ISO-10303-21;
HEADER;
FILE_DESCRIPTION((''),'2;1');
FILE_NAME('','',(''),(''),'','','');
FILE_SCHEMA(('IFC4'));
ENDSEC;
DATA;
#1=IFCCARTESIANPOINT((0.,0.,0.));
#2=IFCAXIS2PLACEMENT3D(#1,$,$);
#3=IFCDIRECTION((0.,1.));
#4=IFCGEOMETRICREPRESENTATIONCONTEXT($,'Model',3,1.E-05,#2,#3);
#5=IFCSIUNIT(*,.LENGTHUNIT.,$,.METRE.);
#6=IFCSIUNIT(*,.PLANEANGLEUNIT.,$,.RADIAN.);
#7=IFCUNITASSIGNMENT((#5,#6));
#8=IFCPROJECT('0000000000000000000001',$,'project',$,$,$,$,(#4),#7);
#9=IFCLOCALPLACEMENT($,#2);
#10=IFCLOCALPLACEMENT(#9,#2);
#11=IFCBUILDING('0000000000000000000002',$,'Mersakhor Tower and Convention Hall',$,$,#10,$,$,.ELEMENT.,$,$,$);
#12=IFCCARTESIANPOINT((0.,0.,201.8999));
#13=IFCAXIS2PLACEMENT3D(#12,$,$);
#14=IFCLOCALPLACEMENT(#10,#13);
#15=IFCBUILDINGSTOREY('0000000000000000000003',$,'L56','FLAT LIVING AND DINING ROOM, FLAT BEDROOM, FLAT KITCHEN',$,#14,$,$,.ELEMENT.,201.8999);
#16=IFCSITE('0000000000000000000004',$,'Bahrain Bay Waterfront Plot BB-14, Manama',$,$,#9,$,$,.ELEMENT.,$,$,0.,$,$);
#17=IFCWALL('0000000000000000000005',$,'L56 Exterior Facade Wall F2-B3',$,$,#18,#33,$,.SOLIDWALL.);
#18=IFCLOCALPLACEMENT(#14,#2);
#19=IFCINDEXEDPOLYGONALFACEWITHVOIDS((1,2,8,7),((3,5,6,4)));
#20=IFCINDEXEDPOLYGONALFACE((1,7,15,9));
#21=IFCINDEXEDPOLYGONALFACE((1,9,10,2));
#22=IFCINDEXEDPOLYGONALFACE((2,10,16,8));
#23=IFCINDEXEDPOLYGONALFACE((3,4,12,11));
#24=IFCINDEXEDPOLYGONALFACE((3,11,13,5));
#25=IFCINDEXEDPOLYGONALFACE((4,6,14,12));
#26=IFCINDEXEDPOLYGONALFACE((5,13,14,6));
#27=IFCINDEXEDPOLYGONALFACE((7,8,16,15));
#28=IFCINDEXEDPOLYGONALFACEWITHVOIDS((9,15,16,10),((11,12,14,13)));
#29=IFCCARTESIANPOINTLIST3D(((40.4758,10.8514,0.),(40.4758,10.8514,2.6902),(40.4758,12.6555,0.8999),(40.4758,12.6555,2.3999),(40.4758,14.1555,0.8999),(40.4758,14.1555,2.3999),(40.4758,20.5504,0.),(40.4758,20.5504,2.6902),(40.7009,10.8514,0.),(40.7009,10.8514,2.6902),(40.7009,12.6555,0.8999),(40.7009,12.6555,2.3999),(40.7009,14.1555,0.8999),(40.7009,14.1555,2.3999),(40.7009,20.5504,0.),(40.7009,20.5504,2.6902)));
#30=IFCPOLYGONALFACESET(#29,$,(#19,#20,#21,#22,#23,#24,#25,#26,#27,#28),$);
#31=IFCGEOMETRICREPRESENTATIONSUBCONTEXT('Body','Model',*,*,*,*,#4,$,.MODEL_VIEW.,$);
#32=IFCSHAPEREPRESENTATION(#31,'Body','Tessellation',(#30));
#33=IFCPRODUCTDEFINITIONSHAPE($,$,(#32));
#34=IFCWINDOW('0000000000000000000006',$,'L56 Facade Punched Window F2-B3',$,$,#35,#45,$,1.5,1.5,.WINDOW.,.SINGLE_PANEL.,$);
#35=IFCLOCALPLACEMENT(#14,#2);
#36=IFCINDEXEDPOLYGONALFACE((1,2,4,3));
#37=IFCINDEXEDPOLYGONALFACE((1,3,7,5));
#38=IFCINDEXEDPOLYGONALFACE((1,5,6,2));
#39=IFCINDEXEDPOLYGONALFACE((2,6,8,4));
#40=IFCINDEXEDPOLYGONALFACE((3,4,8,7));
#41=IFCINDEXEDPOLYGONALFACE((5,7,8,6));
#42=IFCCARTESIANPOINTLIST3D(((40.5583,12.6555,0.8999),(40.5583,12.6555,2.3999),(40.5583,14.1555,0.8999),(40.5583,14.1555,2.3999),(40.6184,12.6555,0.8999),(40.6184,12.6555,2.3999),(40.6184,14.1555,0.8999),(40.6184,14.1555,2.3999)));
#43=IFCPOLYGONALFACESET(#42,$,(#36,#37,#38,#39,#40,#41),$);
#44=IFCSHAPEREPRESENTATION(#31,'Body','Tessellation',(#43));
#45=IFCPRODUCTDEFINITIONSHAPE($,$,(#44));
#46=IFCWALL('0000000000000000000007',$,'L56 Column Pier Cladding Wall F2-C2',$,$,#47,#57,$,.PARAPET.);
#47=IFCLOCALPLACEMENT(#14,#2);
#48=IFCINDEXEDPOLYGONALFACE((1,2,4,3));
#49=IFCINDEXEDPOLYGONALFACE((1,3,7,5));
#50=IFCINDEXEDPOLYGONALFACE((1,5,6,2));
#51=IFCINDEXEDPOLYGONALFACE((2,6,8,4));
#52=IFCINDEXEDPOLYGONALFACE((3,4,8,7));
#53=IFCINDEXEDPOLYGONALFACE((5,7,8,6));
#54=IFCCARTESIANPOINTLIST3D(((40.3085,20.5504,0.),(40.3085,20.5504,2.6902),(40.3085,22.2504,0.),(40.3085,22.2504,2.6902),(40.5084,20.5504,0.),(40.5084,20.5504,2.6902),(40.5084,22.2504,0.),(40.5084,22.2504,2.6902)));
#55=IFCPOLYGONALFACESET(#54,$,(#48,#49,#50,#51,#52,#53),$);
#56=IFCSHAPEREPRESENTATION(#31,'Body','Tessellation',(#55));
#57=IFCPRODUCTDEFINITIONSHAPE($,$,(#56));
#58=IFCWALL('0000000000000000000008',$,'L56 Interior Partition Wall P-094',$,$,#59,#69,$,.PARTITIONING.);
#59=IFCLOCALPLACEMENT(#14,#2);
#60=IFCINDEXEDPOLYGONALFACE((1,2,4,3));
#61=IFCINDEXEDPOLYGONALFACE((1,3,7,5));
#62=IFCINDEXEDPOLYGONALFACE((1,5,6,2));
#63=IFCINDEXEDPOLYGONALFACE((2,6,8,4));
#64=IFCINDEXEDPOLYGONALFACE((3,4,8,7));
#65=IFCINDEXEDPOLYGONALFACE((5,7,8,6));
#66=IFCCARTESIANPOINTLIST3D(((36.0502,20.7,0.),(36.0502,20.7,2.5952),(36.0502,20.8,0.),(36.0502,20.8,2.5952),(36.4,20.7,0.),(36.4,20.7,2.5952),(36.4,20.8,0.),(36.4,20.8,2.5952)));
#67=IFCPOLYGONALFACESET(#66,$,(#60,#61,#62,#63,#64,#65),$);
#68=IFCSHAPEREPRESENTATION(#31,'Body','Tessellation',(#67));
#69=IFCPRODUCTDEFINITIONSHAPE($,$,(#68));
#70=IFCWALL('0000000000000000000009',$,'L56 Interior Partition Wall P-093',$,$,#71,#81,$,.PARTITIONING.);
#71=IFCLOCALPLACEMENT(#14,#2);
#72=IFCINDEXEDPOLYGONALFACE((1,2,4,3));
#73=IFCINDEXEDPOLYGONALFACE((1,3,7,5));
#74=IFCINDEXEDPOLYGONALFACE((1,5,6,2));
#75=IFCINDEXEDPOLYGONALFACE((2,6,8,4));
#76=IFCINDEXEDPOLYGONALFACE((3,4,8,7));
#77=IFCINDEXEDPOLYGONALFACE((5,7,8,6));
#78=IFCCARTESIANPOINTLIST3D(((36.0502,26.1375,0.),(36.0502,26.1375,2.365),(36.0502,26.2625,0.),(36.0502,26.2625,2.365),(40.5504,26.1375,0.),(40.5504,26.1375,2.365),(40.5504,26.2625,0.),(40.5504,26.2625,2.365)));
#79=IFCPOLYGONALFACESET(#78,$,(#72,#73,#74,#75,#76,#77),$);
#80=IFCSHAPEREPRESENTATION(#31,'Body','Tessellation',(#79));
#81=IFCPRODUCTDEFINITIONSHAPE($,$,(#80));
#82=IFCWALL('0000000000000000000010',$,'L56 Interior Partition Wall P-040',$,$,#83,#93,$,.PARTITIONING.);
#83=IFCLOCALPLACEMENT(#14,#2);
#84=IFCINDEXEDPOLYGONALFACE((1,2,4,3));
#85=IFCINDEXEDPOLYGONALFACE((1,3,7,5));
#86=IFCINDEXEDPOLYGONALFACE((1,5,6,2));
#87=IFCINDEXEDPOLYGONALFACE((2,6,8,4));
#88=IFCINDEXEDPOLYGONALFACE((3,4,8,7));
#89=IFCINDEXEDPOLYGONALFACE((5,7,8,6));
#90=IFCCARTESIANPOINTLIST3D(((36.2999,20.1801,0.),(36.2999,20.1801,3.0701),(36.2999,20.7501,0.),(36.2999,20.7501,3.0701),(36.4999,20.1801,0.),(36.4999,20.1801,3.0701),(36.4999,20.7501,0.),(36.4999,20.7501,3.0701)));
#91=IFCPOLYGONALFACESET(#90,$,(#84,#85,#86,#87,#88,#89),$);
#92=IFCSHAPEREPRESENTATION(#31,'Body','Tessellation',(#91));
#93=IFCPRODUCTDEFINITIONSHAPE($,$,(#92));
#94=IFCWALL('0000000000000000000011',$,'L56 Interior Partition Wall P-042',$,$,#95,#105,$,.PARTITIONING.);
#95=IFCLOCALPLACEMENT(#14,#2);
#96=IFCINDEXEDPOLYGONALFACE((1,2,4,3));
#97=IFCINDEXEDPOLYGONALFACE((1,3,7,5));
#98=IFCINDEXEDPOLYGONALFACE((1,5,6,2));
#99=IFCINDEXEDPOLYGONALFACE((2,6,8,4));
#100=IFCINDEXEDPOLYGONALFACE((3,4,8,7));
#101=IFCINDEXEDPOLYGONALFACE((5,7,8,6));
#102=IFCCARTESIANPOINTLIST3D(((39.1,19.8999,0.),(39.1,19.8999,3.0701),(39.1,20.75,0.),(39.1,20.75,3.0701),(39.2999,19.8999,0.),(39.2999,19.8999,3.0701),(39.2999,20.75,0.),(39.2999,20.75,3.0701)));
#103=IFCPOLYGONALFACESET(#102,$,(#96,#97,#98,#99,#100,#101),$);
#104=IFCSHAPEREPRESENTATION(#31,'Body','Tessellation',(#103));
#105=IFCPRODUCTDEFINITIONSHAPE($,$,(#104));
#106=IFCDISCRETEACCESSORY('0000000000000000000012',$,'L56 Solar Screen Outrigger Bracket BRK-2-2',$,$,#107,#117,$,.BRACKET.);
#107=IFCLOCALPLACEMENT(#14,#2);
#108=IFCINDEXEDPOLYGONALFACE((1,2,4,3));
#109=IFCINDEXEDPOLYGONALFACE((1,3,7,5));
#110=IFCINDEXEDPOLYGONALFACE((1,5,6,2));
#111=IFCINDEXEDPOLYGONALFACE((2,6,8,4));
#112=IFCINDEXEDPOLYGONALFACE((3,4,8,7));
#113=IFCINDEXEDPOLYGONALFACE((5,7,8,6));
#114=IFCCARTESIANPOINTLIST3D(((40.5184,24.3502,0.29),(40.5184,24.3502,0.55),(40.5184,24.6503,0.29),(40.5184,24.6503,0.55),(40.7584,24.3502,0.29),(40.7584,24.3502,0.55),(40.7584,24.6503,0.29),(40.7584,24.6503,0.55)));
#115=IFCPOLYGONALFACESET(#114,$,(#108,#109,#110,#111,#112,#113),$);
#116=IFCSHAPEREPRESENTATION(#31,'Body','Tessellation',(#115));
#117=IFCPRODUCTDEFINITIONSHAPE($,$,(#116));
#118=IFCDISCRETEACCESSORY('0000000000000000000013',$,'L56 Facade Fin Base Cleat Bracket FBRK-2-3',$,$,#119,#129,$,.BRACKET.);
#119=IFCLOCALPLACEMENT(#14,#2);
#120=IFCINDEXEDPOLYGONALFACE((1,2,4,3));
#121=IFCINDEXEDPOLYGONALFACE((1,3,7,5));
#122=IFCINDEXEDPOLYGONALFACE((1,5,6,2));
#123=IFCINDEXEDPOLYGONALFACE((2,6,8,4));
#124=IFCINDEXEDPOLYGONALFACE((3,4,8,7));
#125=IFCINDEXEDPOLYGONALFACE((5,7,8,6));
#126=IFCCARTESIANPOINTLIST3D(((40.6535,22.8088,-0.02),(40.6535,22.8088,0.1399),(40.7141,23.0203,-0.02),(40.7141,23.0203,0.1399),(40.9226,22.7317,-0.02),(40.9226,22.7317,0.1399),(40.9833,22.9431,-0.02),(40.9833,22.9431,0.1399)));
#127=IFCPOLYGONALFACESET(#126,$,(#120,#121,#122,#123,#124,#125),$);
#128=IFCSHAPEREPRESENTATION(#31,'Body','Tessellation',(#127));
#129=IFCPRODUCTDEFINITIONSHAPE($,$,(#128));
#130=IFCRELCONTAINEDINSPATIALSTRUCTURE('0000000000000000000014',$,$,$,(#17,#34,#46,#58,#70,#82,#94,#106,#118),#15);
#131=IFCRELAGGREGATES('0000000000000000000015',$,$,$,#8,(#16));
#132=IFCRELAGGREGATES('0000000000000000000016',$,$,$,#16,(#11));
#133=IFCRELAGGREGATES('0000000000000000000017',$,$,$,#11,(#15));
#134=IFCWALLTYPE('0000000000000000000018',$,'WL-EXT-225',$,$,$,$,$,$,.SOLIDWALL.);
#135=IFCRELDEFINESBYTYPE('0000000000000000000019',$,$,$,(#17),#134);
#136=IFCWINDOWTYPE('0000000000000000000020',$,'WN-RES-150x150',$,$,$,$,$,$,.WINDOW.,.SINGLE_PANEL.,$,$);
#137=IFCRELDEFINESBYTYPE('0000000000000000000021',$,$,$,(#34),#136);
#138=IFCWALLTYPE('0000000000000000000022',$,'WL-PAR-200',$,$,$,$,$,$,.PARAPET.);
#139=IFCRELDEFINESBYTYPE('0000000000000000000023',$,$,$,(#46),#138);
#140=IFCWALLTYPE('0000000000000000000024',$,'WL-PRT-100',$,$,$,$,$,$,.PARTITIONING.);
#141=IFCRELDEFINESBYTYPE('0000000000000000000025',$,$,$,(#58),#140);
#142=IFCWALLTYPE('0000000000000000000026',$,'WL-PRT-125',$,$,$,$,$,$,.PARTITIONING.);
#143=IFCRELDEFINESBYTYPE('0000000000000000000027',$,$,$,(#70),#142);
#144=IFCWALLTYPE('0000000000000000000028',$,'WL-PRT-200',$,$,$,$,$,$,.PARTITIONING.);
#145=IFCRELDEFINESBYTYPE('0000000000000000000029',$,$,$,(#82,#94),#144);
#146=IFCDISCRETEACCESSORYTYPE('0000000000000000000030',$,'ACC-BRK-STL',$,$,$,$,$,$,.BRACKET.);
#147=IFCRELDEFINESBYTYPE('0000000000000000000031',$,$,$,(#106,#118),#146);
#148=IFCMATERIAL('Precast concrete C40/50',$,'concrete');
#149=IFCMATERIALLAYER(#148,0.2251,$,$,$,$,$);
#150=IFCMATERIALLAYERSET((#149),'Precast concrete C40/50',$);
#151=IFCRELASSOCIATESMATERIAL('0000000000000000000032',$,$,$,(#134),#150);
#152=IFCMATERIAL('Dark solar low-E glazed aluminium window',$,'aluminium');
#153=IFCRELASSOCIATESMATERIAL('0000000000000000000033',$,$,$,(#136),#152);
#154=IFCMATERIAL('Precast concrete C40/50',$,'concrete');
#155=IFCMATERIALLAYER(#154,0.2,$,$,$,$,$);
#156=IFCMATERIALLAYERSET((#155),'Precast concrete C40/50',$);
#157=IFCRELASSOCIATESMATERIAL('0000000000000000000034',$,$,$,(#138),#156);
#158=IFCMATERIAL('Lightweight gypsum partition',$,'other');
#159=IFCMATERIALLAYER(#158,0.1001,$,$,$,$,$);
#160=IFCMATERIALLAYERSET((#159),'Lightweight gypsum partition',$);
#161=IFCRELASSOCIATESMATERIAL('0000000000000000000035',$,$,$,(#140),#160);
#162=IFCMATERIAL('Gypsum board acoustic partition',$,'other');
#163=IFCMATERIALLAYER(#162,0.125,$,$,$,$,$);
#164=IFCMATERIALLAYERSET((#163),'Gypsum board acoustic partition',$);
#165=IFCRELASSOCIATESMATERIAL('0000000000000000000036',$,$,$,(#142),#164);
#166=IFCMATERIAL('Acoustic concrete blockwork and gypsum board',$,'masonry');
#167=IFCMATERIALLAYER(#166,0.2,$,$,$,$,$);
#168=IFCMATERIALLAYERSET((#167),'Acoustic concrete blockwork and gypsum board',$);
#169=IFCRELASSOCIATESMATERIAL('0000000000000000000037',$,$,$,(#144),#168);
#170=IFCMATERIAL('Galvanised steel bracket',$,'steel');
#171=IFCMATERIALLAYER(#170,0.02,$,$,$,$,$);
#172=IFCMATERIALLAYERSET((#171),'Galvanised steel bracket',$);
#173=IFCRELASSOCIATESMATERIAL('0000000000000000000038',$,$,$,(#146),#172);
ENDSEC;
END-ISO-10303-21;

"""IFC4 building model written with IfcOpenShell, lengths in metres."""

from ifc_helpers import new_model, si_unit, direction, frame, frame_2d, origin, origin_2d, place, context, subcontext, project, spatial, rectangle, extrude, material, layer, layer_set, type_object, element, fill, save


model = new_model("IFC4")

# Units and contexts
model_context = context("Model", 3, precision=1e-05, world=origin(), true_north=direction((0.0, 1.0)))
body_context = subcontext(model_context, "Body", "Model", "MODEL_VIEW")
ifc_project = project(units=[si_unit("LENGTHUNIT", "METRE"), si_unit("PLANEANGLEUNIT", "RADIAN")], contexts=[model_context])

# Site, building, storey
site_placement = place(None, origin())
site = spatial("IfcSite", under=ifc_project, at=site_placement, Name="Bahrain Bay Waterfront Plot BB-14, Manama", CompositionType="ELEMENT", RefElevation=0.0)
building_placement = place(site_placement, origin())
building = spatial("IfcBuilding", under=site, at=building_placement, Name="Mersakhor Tower and Convention Hall", CompositionType="ELEMENT")
storey_placement = place(building_placement, frame((0.0, 0.0, 201.8999)))
storey = spatial("IfcBuildingStorey", under=building, at=storey_placement, Name="L56", Description="FLAT LIVING AND DINING ROOM, FLAT BEDROOM, FLAT KITCHEN", CompositionType="ELEMENT", Elevation=201.8999)

# Wall, opening, window
ifc_material_1 = material(Name="Precast concrete C40/50", Category="concrete")
ifc_layer_1 = layer(ifc_material_1, 0.2251)
ifc_layer_set_1 = layer_set([ifc_layer_1], Name="Precast concrete C40/50")
wall_type_1 = type_object("IfcWallType", Name="WL-EXT-225", PredefinedType="SOLIDWALL", material=ifc_layer_set_1)
wall_1_placement = place(storey_placement, frame((40.5884, 20.5505, 0.0), z_axis=(0.0, 0.0, 1.0), x_axis=(0.0, -1.0, 0.0)))
wall_1 = element("IfcWall", 1, at=wall_1_placement, inside=storey, type_object=wall_type_1, Name="L56 Exterior Facade Wall F2-B3", PredefinedType="SOLIDWALL", context=body_context, shape_type="SweptSolid", body=[
    extrude(rectangle(XDim=9.699, YDim=0.2251, at=frame_2d((4.8496, 0.0))), origin(), (0.0, 0.0, 1.0), 2.6902),
])
opening_1_placement = place(wall_1_placement, frame((6.395, 0.0, 0.8999)))
opening_1 = element("IfcOpeningElement", 2, at=opening_1_placement, cuts=wall_1, PredefinedType="OPENING", context=body_context, shape_type="SweptSolid", body=[
    extrude(rectangle(XDim=1.5, YDim=1.5, at=frame_2d((0.75, 0.75))), frame((0.0, 0.1226, 0.0), z_axis=(0.0, -1.0, 0.0), x_axis=(1.0, 0.0, 0.0)), (0.0, 0.0, 1.0), 0.2451),
])
ifc_material_2 = material(Name="Dark solar low-E glazed aluminium window", Category="aluminium")
window_type = type_object("IfcWindowType", Name="WN-RES-150x150", PartitioningType="SINGLE_PANEL", PredefinedType="WINDOW", material=ifc_material_2)
window_placement = place(opening_1_placement, origin())
window = element("IfcWindow", 3, at=window_placement, inside=storey, type_object=window_type, Name="L56 Facade Punched Window F2-B3", OverallHeight=1.5, OverallWidth=1.5, PartitioningType="SINGLE_PANEL", PredefinedType="WINDOW", context=body_context, shape_type="SweptSolid", body=[
    extrude(rectangle(XDim=1.5, YDim=1.5, at=frame_2d((0.75, 0.75))), frame((0.0, 0.03, 0.0), z_axis=(0.0, -1.0, 0.0), x_axis=(1.0, 0.0, 0.0)), (0.0, 0.0, 1.0), 0.0601),
])
fill(opening_1, window)

# Walls
ifc_material_3 = material(Name="Precast concrete C40/50", Category="concrete")
ifc_layer_2 = layer(ifc_material_3, 0.2)
ifc_layer_set_2 = layer_set([ifc_layer_2], Name="Precast concrete C40/50")
wall_type_2 = type_object("IfcWallType", Name="WL-PAR-200", PredefinedType="PARAPET", material=ifc_layer_set_2)
wall_2_placement = place(storey_placement, frame((40.4084, 22.2505, 0.0), z_axis=(0.0, 0.0, 1.0), x_axis=(0.0, -1.0, 0.0)))
element("IfcWall", 4, at=wall_2_placement, inside=storey, type_object=wall_type_2, Name="L56 Column Pier Cladding Wall F2-C2", PredefinedType="PARAPET", context=body_context, shape_type="SweptSolid", body=[
    extrude(rectangle(XDim=1.7, YDim=0.2, at=frame_2d((0.8501, 0.0))), origin(), (0.0, 0.0, 1.0), 2.6902),
])
ifc_material_4 = material(Name="Lightweight gypsum partition", Category="other")
ifc_layer_3 = layer(ifc_material_4, 0.1001)
ifc_layer_set_3 = layer_set([ifc_layer_3], Name="Lightweight gypsum partition")
wall_type_3 = type_object("IfcWallType", Name="WL-PRT-100", PredefinedType="PARTITIONING", material=ifc_layer_set_3)
wall_3_placement = place(storey_placement, frame((36.3999, 20.75, 0.0), z_axis=(0.0, 0.0, 1.0), x_axis=(-1.0, 0.0, 0.0)))
element("IfcWall", 5, at=wall_3_placement, inside=storey, type_object=wall_type_3, Name="L56 Interior Partition Wall P-094", PredefinedType="PARTITIONING", context=body_context, shape_type="SweptSolid", body=[
    extrude(rectangle(XDim=0.3499, YDim=0.1001, at=frame_2d((0.1748, 0.0))), origin(), (0.0, 0.0, 1.0), 2.5952),
])
ifc_material_5 = material(Name="Gypsum board acoustic partition", Category="other")
ifc_layer_4 = layer(ifc_material_5, 0.125)
ifc_layer_set_4 = layer_set([ifc_layer_4], Name="Gypsum board acoustic partition")
wall_type_4 = type_object("IfcWallType", Name="WL-PRT-125", PredefinedType="PARTITIONING", material=ifc_layer_set_4)
wall_4_placement = place(storey_placement, frame((40.5503, 26.2, 0.0), z_axis=(0.0, 0.0, 1.0), x_axis=(-1.0, 0.0, 0.0)))
element("IfcWall", 6, at=wall_4_placement, inside=storey, type_object=wall_type_4, Name="L56 Interior Partition Wall P-093", PredefinedType="PARTITIONING", context=body_context, shape_type="SweptSolid", body=[
    extrude(rectangle(XDim=4.5002, YDim=0.125, at=frame_2d((2.25, 0.0))), origin(), (0.0, 0.0, 1.0), 2.365),
])
ifc_material_6 = material(Name="Acoustic concrete blockwork and gypsum board", Category="masonry")
ifc_layer_5 = layer(ifc_material_6, 0.2)
ifc_layer_set_5 = layer_set([ifc_layer_5], Name="Acoustic concrete blockwork and gypsum board")
wall_type_5 = type_object("IfcWallType", Name="WL-PRT-200", PredefinedType="PARTITIONING", material=ifc_layer_set_5)
wall_5_placement = place(storey_placement, frame((36.3999, 20.1799, 0.0), z_axis=(0.0, 0.0, 1.0), x_axis=(0.0, 1.0, 0.0)))
element("IfcWall", 7, at=wall_5_placement, inside=storey, type_object=wall_type_5, Name="L56 Interior Partition Wall P-040", PredefinedType="PARTITIONING", context=body_context, shape_type="SweptSolid", body=[
    extrude(rectangle(XDim=0.5701, YDim=0.2, at=frame_2d((0.2852, 0.0))), origin(), (0.0, 0.0, 1.0), 3.0701),
])

# Wall
wall_6_placement = place(storey_placement, frame((39.2, 20.75, 0.0), z_axis=(0.0, 0.0, 1.0), x_axis=(0.0, -1.0, 0.0)))
element("IfcWall", 8, at=wall_6_placement, inside=storey, type_object=wall_type_5, Name="L56 Interior Partition Wall P-042", PredefinedType="PARTITIONING", context=body_context, shape_type="SweptSolid", body=[
    extrude(rectangle(XDim=0.8501, YDim=0.2, at=frame_2d((0.425, 0.0))), origin(), (0.0, 0.0, 1.0), 3.0701),
])

# Discrete accessories
ifc_material_7 = material(Name="Galvanised steel bracket", Category="steel")
ifc_layer_6 = layer(ifc_material_7, 0.02)
ifc_layer_set_6 = layer_set([ifc_layer_6], Name="Galvanised steel bracket")
discrete_accessory_type = type_object("IfcDiscreteAccessoryType", Name="ACC-BRK-STL", PredefinedType="BRACKET", material=ifc_layer_set_6)
discrete_accessory_1_placement = place(storey_placement, frame((40.6384, 24.5002, 0.29), z_axis=(0.0, 0.0, 1.0), x_axis=(0.0, -1.0, 0.0)))
element("IfcDiscreteAccessory", 9, at=discrete_accessory_1_placement, inside=storey, type_object=discrete_accessory_type, Name="L56 Solar Screen Outrigger Bracket BRK-2-2", PredefinedType="BRACKET", context=body_context, shape_type="SweptSolid", body=[
    extrude(rectangle(XDim=0.3, YDim=0.24, at=origin_2d()), origin(), (0.0, 0.0, 1.0), 0.26),
])
discrete_accessory_2_placement = place(storey_placement, frame((40.8184, 22.876, -0.02), z_axis=(0.0, 0.0, 1.0), x_axis=(0.961262, -0.275637, 0.0)))
element("IfcDiscreteAccessory", 10, at=discrete_accessory_2_placement, inside=storey, type_object=discrete_accessory_type, Name="L56 Facade Fin Base Cleat Bracket FBRK-2-3", PredefinedType="BRACKET", context=body_context, shape_type="SweptSolid", body=[
    extrude(rectangle(XDim=0.28, YDim=0.22, at=origin_2d()), origin(), (0.0, 0.0, 1.0), 0.1599),
])

save(model, "model.ifc")
